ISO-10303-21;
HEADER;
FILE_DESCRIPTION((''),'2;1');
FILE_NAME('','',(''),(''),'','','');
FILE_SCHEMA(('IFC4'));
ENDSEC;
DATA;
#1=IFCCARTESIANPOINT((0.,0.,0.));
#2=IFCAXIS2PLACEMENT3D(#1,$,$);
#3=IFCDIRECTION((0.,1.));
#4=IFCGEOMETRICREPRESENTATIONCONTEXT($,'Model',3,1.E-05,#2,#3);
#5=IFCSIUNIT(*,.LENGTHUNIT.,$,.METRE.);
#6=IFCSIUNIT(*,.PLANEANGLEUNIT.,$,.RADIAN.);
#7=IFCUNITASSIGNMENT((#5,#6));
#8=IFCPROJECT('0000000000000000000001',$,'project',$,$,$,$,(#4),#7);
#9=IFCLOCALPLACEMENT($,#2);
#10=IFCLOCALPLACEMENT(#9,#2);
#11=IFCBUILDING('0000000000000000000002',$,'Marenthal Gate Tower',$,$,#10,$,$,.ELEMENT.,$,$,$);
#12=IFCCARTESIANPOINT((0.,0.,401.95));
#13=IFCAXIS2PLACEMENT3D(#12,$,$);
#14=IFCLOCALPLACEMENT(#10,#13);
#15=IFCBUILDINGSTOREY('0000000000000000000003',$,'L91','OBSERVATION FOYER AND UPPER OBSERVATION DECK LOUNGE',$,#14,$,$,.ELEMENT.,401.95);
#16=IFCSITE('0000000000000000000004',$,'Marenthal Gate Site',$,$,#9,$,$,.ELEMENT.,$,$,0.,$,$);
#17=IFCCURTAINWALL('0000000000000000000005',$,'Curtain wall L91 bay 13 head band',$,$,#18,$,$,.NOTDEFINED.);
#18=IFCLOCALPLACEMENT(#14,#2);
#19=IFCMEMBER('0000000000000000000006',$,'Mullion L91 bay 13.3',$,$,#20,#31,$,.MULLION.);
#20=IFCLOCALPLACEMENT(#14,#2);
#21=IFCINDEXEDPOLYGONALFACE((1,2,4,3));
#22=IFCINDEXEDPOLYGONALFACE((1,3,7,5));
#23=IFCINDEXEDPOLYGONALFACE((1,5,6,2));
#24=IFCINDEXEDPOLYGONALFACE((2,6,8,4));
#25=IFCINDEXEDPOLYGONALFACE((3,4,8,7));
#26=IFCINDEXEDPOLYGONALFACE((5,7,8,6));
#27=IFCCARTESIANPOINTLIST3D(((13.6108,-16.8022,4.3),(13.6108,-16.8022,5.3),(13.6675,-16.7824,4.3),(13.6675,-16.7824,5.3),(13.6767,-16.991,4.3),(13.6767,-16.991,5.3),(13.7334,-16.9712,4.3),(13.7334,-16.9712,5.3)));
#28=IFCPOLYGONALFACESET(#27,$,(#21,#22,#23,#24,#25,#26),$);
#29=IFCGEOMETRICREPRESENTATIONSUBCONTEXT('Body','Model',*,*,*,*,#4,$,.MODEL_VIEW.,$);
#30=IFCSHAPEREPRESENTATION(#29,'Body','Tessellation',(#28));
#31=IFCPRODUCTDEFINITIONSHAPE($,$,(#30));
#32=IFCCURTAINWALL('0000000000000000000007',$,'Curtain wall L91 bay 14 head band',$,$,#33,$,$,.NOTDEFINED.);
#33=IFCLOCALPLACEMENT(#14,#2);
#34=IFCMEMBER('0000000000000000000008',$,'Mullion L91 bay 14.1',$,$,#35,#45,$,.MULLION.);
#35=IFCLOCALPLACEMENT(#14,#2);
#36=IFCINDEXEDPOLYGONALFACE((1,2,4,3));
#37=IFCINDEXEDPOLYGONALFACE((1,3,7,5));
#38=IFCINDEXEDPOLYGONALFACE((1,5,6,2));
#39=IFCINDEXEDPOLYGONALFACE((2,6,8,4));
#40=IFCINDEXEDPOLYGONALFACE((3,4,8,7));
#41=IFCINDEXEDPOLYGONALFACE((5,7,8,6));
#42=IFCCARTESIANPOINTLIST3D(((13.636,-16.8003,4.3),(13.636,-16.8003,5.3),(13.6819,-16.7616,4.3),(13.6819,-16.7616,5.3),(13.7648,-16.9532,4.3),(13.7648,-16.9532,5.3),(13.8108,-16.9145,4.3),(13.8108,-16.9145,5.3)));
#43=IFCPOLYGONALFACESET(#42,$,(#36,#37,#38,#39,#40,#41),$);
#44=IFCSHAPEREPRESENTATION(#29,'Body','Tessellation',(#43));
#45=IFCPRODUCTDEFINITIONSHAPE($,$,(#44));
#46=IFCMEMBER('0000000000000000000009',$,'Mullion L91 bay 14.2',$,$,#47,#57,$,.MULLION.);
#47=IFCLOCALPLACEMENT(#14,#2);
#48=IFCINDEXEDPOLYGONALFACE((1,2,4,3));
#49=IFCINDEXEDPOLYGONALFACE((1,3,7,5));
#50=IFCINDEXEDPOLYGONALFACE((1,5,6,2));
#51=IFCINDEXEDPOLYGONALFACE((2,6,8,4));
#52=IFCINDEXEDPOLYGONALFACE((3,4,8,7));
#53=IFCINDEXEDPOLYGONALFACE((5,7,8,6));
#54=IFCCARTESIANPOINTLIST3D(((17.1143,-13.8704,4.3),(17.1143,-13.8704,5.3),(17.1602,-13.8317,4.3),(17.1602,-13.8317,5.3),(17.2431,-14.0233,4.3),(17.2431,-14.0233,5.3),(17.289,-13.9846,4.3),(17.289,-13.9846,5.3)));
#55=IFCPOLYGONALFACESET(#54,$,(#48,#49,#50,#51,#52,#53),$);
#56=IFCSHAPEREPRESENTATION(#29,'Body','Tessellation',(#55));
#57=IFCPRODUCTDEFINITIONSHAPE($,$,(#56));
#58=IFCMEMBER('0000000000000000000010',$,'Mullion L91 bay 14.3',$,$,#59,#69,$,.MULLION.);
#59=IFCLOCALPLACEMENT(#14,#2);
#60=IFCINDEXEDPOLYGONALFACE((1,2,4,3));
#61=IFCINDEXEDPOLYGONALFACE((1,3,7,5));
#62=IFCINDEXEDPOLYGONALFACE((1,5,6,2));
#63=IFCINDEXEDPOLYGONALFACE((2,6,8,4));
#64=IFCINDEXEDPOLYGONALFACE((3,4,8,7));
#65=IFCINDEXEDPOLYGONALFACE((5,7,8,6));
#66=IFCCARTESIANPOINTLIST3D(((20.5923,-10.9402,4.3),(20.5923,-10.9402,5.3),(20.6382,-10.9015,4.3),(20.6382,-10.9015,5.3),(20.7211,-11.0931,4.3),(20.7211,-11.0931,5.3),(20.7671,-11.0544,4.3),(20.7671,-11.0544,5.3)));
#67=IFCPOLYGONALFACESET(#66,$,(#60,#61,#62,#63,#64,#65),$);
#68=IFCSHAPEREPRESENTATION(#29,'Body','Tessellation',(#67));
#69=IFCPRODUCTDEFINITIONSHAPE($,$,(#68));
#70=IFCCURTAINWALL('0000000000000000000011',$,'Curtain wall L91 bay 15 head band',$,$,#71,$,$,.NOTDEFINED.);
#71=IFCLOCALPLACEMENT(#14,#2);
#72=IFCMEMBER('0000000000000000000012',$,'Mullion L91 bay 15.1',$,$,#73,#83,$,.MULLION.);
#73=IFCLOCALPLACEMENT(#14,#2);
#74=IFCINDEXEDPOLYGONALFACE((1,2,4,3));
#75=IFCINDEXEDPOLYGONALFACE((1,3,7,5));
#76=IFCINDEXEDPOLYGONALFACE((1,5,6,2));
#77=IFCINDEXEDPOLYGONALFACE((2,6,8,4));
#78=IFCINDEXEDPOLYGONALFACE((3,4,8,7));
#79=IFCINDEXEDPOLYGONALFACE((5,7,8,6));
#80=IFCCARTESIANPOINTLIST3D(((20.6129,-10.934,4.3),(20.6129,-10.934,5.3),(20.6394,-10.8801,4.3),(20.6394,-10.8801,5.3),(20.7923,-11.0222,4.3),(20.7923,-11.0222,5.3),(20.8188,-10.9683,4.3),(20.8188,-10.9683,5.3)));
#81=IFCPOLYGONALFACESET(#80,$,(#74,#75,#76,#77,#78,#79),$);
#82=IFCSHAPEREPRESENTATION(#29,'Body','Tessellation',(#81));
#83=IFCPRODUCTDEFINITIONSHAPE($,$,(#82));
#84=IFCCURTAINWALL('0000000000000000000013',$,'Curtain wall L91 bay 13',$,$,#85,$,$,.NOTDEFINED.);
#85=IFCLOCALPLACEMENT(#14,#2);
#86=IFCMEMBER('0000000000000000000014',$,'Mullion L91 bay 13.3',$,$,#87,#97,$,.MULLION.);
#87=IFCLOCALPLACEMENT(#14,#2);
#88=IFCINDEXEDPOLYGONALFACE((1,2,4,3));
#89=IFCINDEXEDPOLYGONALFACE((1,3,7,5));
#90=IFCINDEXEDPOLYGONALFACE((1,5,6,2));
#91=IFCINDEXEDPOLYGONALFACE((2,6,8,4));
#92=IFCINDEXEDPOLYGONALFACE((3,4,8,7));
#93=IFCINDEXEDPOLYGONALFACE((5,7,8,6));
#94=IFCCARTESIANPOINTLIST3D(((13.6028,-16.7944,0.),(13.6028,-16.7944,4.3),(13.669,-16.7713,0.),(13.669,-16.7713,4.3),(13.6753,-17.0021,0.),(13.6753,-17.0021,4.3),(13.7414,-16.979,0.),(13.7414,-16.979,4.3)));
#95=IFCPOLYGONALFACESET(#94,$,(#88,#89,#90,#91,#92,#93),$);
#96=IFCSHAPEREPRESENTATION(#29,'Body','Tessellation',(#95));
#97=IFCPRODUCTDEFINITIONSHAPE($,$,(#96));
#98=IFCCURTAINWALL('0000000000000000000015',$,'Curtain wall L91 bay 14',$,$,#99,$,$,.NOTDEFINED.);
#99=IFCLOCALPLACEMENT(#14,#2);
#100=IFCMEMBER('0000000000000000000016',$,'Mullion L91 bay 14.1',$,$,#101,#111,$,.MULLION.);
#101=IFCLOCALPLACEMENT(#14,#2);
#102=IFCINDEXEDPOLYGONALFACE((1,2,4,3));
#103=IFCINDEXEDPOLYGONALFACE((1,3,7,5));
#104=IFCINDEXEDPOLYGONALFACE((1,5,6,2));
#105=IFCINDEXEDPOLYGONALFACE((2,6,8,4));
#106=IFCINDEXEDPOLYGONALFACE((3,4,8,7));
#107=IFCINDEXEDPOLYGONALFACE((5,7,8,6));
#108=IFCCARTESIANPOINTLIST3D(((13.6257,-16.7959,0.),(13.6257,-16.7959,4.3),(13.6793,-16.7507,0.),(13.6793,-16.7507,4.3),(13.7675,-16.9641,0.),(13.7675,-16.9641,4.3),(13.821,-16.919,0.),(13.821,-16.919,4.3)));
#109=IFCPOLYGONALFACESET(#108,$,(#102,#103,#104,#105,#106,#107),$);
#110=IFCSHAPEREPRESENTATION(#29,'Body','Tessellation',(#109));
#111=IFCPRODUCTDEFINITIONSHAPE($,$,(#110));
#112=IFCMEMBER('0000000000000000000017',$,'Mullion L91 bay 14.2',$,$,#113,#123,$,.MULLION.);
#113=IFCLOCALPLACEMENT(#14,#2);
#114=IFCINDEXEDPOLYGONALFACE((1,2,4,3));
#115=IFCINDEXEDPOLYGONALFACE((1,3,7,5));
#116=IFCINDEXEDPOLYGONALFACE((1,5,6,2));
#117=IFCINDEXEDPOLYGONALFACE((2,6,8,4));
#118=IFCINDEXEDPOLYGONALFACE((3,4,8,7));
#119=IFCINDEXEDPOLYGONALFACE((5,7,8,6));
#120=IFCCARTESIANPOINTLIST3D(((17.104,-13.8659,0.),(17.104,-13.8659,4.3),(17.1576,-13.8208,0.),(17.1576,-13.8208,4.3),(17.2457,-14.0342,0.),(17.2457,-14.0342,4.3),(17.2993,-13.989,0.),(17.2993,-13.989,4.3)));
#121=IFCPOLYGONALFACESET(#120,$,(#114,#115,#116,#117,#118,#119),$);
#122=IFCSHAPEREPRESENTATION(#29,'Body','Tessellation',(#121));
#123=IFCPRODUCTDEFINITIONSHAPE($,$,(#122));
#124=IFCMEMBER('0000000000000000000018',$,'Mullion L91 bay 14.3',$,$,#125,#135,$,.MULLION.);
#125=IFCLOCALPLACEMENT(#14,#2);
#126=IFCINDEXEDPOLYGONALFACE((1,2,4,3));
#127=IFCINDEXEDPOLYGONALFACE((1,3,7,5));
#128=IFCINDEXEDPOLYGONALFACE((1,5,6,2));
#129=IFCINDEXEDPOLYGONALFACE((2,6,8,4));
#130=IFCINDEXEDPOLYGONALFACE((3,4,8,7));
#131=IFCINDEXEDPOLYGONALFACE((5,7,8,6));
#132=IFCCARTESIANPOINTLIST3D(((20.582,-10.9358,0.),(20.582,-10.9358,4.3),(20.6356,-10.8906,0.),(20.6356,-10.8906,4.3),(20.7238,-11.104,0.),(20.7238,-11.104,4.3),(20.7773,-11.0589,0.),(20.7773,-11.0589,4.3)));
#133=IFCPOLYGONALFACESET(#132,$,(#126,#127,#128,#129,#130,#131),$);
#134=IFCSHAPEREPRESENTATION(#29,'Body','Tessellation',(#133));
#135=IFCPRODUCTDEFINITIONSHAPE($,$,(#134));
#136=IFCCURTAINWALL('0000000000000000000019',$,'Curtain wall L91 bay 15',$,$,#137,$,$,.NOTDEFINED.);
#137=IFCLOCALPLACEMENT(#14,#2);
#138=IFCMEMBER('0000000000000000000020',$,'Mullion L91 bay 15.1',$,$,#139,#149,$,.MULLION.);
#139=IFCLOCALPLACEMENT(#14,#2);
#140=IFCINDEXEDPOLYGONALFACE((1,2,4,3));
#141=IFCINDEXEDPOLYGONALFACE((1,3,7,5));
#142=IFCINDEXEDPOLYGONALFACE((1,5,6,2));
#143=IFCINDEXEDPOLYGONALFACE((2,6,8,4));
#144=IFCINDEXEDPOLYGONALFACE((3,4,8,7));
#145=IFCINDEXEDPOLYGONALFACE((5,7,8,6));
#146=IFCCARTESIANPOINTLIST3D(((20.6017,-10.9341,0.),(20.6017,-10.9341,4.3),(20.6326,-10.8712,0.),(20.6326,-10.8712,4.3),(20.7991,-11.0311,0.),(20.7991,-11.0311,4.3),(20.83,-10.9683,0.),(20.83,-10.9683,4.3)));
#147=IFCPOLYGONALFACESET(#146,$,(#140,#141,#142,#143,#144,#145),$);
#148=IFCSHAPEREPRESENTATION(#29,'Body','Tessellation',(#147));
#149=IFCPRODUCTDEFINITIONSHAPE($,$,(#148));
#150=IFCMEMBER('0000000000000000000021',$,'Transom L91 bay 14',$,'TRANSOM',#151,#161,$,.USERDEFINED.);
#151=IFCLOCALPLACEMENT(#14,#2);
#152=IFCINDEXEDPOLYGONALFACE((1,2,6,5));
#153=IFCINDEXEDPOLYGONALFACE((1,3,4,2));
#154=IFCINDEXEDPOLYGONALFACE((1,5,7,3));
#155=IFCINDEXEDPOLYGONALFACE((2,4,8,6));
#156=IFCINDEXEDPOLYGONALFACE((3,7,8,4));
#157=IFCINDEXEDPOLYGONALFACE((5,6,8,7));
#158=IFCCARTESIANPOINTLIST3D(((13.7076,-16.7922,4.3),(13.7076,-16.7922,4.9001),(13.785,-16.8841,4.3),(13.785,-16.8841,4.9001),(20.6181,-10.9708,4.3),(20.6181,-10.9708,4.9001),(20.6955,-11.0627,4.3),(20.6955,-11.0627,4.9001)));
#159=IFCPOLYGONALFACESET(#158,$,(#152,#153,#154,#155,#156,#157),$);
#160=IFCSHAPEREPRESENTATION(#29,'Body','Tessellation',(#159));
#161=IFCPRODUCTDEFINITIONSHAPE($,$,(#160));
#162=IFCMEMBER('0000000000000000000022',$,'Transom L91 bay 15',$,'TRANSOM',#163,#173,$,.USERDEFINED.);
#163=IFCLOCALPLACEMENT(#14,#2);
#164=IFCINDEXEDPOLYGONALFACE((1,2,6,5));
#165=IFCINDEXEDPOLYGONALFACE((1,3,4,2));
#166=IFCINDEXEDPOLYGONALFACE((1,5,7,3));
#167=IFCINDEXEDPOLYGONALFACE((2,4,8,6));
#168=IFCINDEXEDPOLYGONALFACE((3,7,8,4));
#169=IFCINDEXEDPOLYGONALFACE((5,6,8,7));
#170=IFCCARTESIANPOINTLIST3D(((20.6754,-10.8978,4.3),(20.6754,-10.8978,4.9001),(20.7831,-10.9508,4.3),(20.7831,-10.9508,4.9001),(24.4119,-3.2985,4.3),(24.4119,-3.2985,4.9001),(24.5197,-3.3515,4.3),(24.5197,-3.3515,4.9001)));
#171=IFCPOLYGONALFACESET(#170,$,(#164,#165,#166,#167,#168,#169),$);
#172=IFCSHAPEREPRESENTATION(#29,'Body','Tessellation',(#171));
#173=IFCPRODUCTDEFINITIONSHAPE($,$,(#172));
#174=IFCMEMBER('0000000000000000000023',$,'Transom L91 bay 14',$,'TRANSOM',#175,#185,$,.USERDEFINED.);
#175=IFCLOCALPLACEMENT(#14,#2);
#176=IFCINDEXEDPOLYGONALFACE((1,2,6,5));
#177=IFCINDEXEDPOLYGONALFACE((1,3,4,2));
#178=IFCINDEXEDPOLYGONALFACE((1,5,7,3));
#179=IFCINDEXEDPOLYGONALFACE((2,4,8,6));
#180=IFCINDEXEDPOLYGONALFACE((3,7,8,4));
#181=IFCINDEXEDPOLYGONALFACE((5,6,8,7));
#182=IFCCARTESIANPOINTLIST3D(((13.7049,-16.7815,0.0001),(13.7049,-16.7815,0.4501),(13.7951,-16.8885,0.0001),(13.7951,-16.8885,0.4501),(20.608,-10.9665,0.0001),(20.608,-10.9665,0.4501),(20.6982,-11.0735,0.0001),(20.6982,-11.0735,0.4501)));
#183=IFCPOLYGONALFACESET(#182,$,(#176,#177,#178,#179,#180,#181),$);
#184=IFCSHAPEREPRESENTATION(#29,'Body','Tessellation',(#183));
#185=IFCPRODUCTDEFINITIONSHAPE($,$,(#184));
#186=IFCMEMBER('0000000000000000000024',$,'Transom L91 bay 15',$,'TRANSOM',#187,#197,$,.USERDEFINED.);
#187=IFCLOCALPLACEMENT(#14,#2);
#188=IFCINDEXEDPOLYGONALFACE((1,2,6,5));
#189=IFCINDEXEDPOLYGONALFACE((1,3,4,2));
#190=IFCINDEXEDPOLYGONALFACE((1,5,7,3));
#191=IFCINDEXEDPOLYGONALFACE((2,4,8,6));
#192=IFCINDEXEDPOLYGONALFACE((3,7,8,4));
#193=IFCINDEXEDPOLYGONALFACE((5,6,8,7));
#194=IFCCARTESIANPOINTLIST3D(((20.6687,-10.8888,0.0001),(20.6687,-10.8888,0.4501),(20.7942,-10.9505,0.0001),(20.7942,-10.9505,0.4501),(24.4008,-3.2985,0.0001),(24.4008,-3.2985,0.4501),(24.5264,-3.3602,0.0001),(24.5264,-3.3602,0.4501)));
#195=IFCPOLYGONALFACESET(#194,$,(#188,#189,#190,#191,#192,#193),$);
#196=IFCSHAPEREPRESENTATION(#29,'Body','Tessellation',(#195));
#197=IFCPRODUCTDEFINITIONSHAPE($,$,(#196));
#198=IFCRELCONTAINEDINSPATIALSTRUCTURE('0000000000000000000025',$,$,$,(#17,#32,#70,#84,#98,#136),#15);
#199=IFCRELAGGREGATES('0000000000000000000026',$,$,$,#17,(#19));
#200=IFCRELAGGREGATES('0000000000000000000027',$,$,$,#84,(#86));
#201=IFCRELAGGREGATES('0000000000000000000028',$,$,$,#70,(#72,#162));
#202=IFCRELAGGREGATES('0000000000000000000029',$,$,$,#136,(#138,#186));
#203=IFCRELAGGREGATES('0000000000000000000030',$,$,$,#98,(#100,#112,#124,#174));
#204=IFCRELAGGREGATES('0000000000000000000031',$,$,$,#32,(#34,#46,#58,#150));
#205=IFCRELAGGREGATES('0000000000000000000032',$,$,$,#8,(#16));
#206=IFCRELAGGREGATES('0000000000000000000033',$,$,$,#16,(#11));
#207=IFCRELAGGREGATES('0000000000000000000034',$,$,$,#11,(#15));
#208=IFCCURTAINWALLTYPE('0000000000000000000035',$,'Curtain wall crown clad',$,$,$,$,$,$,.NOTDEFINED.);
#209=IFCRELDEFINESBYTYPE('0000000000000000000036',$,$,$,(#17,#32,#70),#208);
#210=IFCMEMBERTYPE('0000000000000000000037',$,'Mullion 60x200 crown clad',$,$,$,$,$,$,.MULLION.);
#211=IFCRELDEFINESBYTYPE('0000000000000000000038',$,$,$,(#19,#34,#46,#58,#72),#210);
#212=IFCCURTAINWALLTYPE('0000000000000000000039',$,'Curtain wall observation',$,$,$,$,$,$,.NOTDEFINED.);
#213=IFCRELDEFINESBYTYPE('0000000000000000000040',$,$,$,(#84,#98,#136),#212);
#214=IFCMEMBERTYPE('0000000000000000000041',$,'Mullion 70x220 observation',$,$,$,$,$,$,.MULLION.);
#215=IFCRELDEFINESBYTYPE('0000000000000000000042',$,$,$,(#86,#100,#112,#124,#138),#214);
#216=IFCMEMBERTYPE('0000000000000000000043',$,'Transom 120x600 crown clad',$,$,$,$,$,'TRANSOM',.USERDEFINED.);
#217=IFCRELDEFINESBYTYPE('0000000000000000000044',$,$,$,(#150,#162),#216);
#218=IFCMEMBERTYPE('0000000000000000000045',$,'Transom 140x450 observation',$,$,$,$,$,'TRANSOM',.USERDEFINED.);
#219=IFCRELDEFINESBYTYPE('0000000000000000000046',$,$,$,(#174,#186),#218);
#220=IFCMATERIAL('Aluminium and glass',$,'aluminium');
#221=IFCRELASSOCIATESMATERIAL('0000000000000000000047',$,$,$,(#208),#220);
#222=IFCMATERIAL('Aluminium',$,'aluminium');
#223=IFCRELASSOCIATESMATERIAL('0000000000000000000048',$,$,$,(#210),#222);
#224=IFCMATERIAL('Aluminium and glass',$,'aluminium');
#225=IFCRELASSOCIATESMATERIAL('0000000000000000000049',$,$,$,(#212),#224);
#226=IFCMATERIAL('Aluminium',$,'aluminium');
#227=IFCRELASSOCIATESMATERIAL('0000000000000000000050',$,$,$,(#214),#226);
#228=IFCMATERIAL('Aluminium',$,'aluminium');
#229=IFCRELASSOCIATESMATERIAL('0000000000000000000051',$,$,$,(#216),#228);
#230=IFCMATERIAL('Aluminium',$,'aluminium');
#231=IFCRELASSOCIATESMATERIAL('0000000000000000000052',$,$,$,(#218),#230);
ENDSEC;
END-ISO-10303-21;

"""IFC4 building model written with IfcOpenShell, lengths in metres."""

from ifc_helpers import new_model, si_unit, direction, frame, origin, origin_2d, place, context, subcontext, project, spatial, rectangle, extrude, material, material_profile, profile_set, type_object, element, aggregate, save


model = new_model("IFC4")

# Units and contexts
model_context = context("Model", 3, precision=1e-05, world=origin(), true_north=direction((0.0, 1.0)))
body_context = subcontext(model_context, "Body", "Model", "MODEL_VIEW")
ifc_project = project(units=[si_unit("LENGTHUNIT", "METRE"), si_unit("PLANEANGLEUNIT", "RADIAN")], contexts=[model_context])

# Site, building, storey
site_placement = place(None, origin())
site = spatial("IfcSite", under=ifc_project, at=site_placement, Name="Marenthal Gate Site", CompositionType="ELEMENT", RefElevation=0.0)
building_placement = place(site_placement, origin())
building = spatial("IfcBuilding", under=site, at=building_placement, Name="Marenthal Gate Tower", CompositionType="ELEMENT")
storey_placement = place(building_placement, frame((0.0, 0.0, 401.95)))
storey = spatial("IfcBuildingStorey", under=building, at=storey_placement, Name="L91", Description="OBSERVATION FOYER AND UPPER OBSERVATION DECK LOUNGE", CompositionType="ELEMENT", Elevation=401.95)

# Curtain wall, member
ifc_material_1 = material(Name="Aluminium and glass", Category="aluminium")
curtain_wall_type_1 = type_object("IfcCurtainWallType", Name="Curtain wall crown clad", PredefinedType="NOTDEFINED", material=ifc_material_1)
curtain_wall_1_placement = place(storey_placement, origin())
curtain_wall_1 = element("IfcCurtainWall", 1, at=curtain_wall_1_placement, inside=storey, type_object=curtain_wall_type_1, Name="Curtain wall L91 bay 13 head band", PredefinedType="NOTDEFINED")
ifc_material_2 = material(Name="Aluminium", Category="aluminium")
ifc_material_profile_1 = material_profile(ifc_material_2, rectangle(XDim=0.2, YDim=0.0601, at=origin_2d()), Name="60x200 aluminium mullion")
ifc_profile_set_1 = profile_set([ifc_material_profile_1], Name="Aluminium")
member_type_1 = type_object("IfcMemberType", Name="Mullion 60x200 crown clad", PredefinedType="MULLION", material=ifc_profile_set_1)
member_1_placement = place(storey_placement, frame((13.6721, -16.8867, 4.3), z_axis=(0.0, 0.0, 1.0), x_axis=(-0.329454, 0.944172, 0.0)))
member_1 = element("IfcMember", 2, at=member_1_placement, type_object=member_type_1, Name="Mullion L91 bay 13.3", PredefinedType="MULLION", context=body_context, shape_type="SweptSolid", body=[
    extrude(rectangle(XDim=0.2, YDim=0.0601, at=origin_2d()), origin(), (0.0, 0.0, 1.0), 1.0),
])
aggregate(curtain_wall_1, [member_1])

# Curtain wall, members
curtain_wall_2_placement = place(storey_placement, origin())
curtain_wall_2 = element("IfcCurtainWall", 3, at=curtain_wall_2_placement, inside=storey, type_object=curtain_wall_type_1, Name="Curtain wall L91 bay 14 head band", PredefinedType="NOTDEFINED")
member_2_placement = place(storey_placement, frame((13.7234, -16.8574, 4.3), z_axis=(0.0, 0.0, 1.0), x_axis=(-0.644265, 0.764802, 0.0)))
member_2 = element("IfcMember", 4, at=member_2_placement, type_object=member_type_1, Name="Mullion L91 bay 14.1", PredefinedType="MULLION", context=body_context, shape_type="SweptSolid", body=[
    extrude(rectangle(XDim=0.2, YDim=0.0601, at=origin_2d()), origin(), (0.0, 0.0, 1.0), 1.0),
])
member_3_placement = place(storey_placement, frame((17.2017, -13.9275, 4.3), z_axis=(0.0, 0.0, 1.0), x_axis=(-0.644265, 0.764802, 0.0)))
member_3 = element("IfcMember", 5, at=member_3_placement, type_object=member_type_1, Name="Mullion L91 bay 14.2", PredefinedType="MULLION", context=body_context, shape_type="SweptSolid", body=[
    extrude(rectangle(XDim=0.2, YDim=0.0601, at=origin_2d()), origin(), (0.0, 0.0, 1.0), 1.0),
])
member_4_placement = place(storey_placement, frame((20.6797, -10.9973, 4.3), z_axis=(0.0, 0.0, 1.0), x_axis=(-0.644265, 0.764802, 0.0)))
member_4 = element("IfcMember", 6, at=member_4_placement, type_object=member_type_1, Name="Mullion L91 bay 14.3", PredefinedType="MULLION", context=body_context, shape_type="SweptSolid", body=[
    extrude(rectangle(XDim=0.2, YDim=0.0601, at=origin_2d()), origin(), (0.0, 0.0, 1.0), 1.0),
])

# Curtain walls, members
curtain_wall_3_placement = place(storey_placement, origin())
curtain_wall_3 = element("IfcCurtainWall", 7, at=curtain_wall_3_placement, inside=storey, type_object=curtain_wall_type_1, Name="Curtain wall L91 bay 15 head band", PredefinedType="NOTDEFINED")
member_5_placement = place(storey_placement, frame((20.7158, -10.9512, 4.3), z_axis=(0.0, 0.0, 1.0), x_axis=(-0.897386, 0.441247, 0.0)))
member_5 = element("IfcMember", 8, at=member_5_placement, type_object=member_type_1, Name="Mullion L91 bay 15.1", PredefinedType="MULLION", context=body_context, shape_type="SweptSolid", body=[
    extrude(rectangle(XDim=0.2, YDim=0.0601, at=origin_2d()), origin(), (0.0, 0.0, 1.0), 1.0),
])
ifc_material_3 = material(Name="Aluminium and glass", Category="aluminium")
curtain_wall_type_2 = type_object("IfcCurtainWallType", Name="Curtain wall observation", PredefinedType="NOTDEFINED", material=ifc_material_3)
curtain_wall_4_placement = place(storey_placement, origin())
curtain_wall_4 = element("IfcCurtainWall", 9, at=curtain_wall_4_placement, inside=storey, type_object=curtain_wall_type_2, Name="Curtain wall L91 bay 13", PredefinedType="NOTDEFINED")
ifc_material_4 = material(Name="Aluminium", Category="aluminium")
ifc_material_profile_2 = material_profile(ifc_material_4, rectangle(XDim=0.22, YDim=0.0701, at=origin_2d()), Name="70x220 aluminium mullion")
ifc_profile_set_2 = profile_set([ifc_material_profile_2], Name="Aluminium")
member_type_2 = type_object("IfcMemberType", Name="Mullion 70x220 observation", PredefinedType="MULLION", material=ifc_profile_set_2)
member_6_placement = place(storey_placement, frame((13.6721, -16.8867, 0.0), z_axis=(0.0, 0.0, 1.0), x_axis=(-0.329454, 0.944172, 0.0)))
member_6 = element("IfcMember", 10, at=member_6_placement, type_object=member_type_2, Name="Mullion L91 bay 13.3", PredefinedType="MULLION", context=body_context, shape_type="SweptSolid", body=[
    extrude(rectangle(XDim=0.22, YDim=0.0701, at=origin_2d()), origin(), (0.0, 0.0, 1.0), 4.3),
])
aggregate(curtain_wall_4, [member_6])

# Curtain wall, members
curtain_wall_5_placement = place(storey_placement, origin())
curtain_wall_5 = element("IfcCurtainWall", 11, at=curtain_wall_5_placement, inside=storey, type_object=curtain_wall_type_2, Name="Curtain wall L91 bay 14", PredefinedType="NOTDEFINED")
member_7_placement = place(storey_placement, frame((13.7234, -16.8574, 0.0), z_axis=(0.0, 0.0, 1.0), x_axis=(-0.644265, 0.764802, 0.0)))
member_7 = element("IfcMember", 12, at=member_7_placement, type_object=member_type_2, Name="Mullion L91 bay 14.1", PredefinedType="MULLION", context=body_context, shape_type="SweptSolid", body=[
    extrude(rectangle(XDim=0.22, YDim=0.0701, at=origin_2d()), origin(), (0.0, 0.0, 1.0), 4.3),
])
member_8_placement = place(storey_placement, frame((17.2017, -13.9275, 0.0), z_axis=(0.0, 0.0, 1.0), x_axis=(-0.644265, 0.764802, 0.0)))
member_8 = element("IfcMember", 13, at=member_8_placement, type_object=member_type_2, Name="Mullion L91 bay 14.2", PredefinedType="MULLION", context=body_context, shape_type="SweptSolid", body=[
    extrude(rectangle(XDim=0.22, YDim=0.0701, at=origin_2d()), origin(), (0.0, 0.0, 1.0), 4.3),
])
member_9_placement = place(storey_placement, frame((20.6797, -10.9973, 0.0), z_axis=(0.0, 0.0, 1.0), x_axis=(-0.644265, 0.764802, 0.0)))
member_9 = element("IfcMember", 14, at=member_9_placement, type_object=member_type_2, Name="Mullion L91 bay 14.3", PredefinedType="MULLION", context=body_context, shape_type="SweptSolid", body=[
    extrude(rectangle(XDim=0.22, YDim=0.0701, at=origin_2d()), origin(), (0.0, 0.0, 1.0), 4.3),
])

# Curtain wall, member
curtain_wall_6_placement = place(storey_placement, origin())
curtain_wall_6 = element("IfcCurtainWall", 15, at=curtain_wall_6_placement, inside=storey, type_object=curtain_wall_type_2, Name="Curtain wall L91 bay 15", PredefinedType="NOTDEFINED")
member_10_placement = place(storey_placement, frame((20.7158, -10.9512, 0.0), z_axis=(0.0, 0.0, 1.0), x_axis=(-0.897386, 0.441247, 0.0)))
member_10 = element("IfcMember", 16, at=member_10_placement, type_object=member_type_2, Name="Mullion L91 bay 15.1", PredefinedType="MULLION", context=body_context, shape_type="SweptSolid", body=[
    extrude(rectangle(XDim=0.22, YDim=0.0701, at=origin_2d()), origin(), (0.0, 0.0, 1.0), 4.3),
])

# Members
ifc_material_5 = material(Name="Aluminium", Category="aluminium")
ifc_material_profile_3 = material_profile(ifc_material_5, rectangle(XDim=0.1201, YDim=0.6001, at=origin_2d()), Name="120x600 aluminium transom")
ifc_profile_set_3 = profile_set([ifc_material_profile_3], Name="Aluminium")
member_type_3 = type_object("IfcMemberType", Name="Transom 120x600 crown clad", ElementType="TRANSOM", PredefinedType="USERDEFINED", material=ifc_profile_set_3)
member_11_placement = place(storey_placement, frame((13.7463, -16.8381, 4.6001), z_axis=(0.764802, 0.644266, 0.0), x_axis=(-0.644266, 0.764802, 0.0)))
member_11 = element("IfcMember", 17, at=member_11_placement, type_object=member_type_3, Name="Transom L91 bay 14", ObjectType="TRANSOM", PredefinedType="USERDEFINED", context=body_context, shape_type="SweptSolid", body=[
    extrude(rectangle(XDim=0.1201, YDim=0.6001, at=origin_2d()), origin(), (0.0, 0.0, 1.0), 9.0356),
])
member_12_placement = place(storey_placement, frame((20.7292, -10.9243, 4.6001), z_axis=(0.441242, 0.897388, 0.0), x_axis=(-0.897388, 0.441242, 0.0)))
member_12 = element("IfcMember", 18, at=member_12_placement, type_object=member_type_3, Name="Transom L91 bay 15", ObjectType="TRANSOM", PredefinedType="USERDEFINED", context=body_context, shape_type="SweptSolid", body=[
    extrude(rectangle(XDim=0.1201, YDim=0.6001, at=origin_2d()), origin(), (0.0, 0.0, 1.0), 8.4683),
])
aggregate(curtain_wall_3, [member_5, member_12])
ifc_material_6 = material(Name="Aluminium", Category="aluminium")
ifc_material_profile_4 = material_profile(ifc_material_6, rectangle(XDim=0.1399, YDim=0.45, at=origin_2d()), Name="140x450 aluminium transom")
ifc_profile_set_4 = profile_set([ifc_material_profile_4], Name="Aluminium")
member_type_4 = type_object("IfcMemberType", Name="Transom 140x450 observation", ElementType="TRANSOM", PredefinedType="USERDEFINED", material=ifc_profile_set_4)
member_13_placement = place(storey_placement, frame((13.75, -16.835, 0.2251), z_axis=(0.764812, 0.644254, 0.0), x_axis=(-0.644254, 0.764812, 0.0)))
member_13 = element("IfcMember", 19, at=member_13_placement, type_object=member_type_4, Name="Transom L91 bay 14", ObjectType="TRANSOM", PredefinedType="USERDEFINED", context=body_context, shape_type="SweptSolid", body=[
    extrude(rectangle(XDim=0.1399, YDim=0.45, at=origin_2d()), origin(), (0.0, 0.0, 1.0), 9.0259),
])
member_14_placement = place(storey_placement, frame((20.7314, -10.9197, 0.2251), z_axis=(0.441246, 0.897386, 0.0), x_axis=(-0.897386, 0.441246, 0.0)))
member_14 = element("IfcMember", 20, at=member_14_placement, type_object=member_type_4, Name="Transom L91 bay 15", ObjectType="TRANSOM", PredefinedType="USERDEFINED", context=body_context, shape_type="SweptSolid", body=[
    extrude(rectangle(XDim=0.1399, YDim=0.45, at=origin_2d()), origin(), (0.0, 0.0, 1.0), 8.4583),
])
aggregate(curtain_wall_6, [member_10, member_14])

aggregate(curtain_wall_5, [member_7, member_8, member_9, member_13])
aggregate(curtain_wall_2, [member_2, member_3, member_4, member_11])

save(model, "model.ifc")
